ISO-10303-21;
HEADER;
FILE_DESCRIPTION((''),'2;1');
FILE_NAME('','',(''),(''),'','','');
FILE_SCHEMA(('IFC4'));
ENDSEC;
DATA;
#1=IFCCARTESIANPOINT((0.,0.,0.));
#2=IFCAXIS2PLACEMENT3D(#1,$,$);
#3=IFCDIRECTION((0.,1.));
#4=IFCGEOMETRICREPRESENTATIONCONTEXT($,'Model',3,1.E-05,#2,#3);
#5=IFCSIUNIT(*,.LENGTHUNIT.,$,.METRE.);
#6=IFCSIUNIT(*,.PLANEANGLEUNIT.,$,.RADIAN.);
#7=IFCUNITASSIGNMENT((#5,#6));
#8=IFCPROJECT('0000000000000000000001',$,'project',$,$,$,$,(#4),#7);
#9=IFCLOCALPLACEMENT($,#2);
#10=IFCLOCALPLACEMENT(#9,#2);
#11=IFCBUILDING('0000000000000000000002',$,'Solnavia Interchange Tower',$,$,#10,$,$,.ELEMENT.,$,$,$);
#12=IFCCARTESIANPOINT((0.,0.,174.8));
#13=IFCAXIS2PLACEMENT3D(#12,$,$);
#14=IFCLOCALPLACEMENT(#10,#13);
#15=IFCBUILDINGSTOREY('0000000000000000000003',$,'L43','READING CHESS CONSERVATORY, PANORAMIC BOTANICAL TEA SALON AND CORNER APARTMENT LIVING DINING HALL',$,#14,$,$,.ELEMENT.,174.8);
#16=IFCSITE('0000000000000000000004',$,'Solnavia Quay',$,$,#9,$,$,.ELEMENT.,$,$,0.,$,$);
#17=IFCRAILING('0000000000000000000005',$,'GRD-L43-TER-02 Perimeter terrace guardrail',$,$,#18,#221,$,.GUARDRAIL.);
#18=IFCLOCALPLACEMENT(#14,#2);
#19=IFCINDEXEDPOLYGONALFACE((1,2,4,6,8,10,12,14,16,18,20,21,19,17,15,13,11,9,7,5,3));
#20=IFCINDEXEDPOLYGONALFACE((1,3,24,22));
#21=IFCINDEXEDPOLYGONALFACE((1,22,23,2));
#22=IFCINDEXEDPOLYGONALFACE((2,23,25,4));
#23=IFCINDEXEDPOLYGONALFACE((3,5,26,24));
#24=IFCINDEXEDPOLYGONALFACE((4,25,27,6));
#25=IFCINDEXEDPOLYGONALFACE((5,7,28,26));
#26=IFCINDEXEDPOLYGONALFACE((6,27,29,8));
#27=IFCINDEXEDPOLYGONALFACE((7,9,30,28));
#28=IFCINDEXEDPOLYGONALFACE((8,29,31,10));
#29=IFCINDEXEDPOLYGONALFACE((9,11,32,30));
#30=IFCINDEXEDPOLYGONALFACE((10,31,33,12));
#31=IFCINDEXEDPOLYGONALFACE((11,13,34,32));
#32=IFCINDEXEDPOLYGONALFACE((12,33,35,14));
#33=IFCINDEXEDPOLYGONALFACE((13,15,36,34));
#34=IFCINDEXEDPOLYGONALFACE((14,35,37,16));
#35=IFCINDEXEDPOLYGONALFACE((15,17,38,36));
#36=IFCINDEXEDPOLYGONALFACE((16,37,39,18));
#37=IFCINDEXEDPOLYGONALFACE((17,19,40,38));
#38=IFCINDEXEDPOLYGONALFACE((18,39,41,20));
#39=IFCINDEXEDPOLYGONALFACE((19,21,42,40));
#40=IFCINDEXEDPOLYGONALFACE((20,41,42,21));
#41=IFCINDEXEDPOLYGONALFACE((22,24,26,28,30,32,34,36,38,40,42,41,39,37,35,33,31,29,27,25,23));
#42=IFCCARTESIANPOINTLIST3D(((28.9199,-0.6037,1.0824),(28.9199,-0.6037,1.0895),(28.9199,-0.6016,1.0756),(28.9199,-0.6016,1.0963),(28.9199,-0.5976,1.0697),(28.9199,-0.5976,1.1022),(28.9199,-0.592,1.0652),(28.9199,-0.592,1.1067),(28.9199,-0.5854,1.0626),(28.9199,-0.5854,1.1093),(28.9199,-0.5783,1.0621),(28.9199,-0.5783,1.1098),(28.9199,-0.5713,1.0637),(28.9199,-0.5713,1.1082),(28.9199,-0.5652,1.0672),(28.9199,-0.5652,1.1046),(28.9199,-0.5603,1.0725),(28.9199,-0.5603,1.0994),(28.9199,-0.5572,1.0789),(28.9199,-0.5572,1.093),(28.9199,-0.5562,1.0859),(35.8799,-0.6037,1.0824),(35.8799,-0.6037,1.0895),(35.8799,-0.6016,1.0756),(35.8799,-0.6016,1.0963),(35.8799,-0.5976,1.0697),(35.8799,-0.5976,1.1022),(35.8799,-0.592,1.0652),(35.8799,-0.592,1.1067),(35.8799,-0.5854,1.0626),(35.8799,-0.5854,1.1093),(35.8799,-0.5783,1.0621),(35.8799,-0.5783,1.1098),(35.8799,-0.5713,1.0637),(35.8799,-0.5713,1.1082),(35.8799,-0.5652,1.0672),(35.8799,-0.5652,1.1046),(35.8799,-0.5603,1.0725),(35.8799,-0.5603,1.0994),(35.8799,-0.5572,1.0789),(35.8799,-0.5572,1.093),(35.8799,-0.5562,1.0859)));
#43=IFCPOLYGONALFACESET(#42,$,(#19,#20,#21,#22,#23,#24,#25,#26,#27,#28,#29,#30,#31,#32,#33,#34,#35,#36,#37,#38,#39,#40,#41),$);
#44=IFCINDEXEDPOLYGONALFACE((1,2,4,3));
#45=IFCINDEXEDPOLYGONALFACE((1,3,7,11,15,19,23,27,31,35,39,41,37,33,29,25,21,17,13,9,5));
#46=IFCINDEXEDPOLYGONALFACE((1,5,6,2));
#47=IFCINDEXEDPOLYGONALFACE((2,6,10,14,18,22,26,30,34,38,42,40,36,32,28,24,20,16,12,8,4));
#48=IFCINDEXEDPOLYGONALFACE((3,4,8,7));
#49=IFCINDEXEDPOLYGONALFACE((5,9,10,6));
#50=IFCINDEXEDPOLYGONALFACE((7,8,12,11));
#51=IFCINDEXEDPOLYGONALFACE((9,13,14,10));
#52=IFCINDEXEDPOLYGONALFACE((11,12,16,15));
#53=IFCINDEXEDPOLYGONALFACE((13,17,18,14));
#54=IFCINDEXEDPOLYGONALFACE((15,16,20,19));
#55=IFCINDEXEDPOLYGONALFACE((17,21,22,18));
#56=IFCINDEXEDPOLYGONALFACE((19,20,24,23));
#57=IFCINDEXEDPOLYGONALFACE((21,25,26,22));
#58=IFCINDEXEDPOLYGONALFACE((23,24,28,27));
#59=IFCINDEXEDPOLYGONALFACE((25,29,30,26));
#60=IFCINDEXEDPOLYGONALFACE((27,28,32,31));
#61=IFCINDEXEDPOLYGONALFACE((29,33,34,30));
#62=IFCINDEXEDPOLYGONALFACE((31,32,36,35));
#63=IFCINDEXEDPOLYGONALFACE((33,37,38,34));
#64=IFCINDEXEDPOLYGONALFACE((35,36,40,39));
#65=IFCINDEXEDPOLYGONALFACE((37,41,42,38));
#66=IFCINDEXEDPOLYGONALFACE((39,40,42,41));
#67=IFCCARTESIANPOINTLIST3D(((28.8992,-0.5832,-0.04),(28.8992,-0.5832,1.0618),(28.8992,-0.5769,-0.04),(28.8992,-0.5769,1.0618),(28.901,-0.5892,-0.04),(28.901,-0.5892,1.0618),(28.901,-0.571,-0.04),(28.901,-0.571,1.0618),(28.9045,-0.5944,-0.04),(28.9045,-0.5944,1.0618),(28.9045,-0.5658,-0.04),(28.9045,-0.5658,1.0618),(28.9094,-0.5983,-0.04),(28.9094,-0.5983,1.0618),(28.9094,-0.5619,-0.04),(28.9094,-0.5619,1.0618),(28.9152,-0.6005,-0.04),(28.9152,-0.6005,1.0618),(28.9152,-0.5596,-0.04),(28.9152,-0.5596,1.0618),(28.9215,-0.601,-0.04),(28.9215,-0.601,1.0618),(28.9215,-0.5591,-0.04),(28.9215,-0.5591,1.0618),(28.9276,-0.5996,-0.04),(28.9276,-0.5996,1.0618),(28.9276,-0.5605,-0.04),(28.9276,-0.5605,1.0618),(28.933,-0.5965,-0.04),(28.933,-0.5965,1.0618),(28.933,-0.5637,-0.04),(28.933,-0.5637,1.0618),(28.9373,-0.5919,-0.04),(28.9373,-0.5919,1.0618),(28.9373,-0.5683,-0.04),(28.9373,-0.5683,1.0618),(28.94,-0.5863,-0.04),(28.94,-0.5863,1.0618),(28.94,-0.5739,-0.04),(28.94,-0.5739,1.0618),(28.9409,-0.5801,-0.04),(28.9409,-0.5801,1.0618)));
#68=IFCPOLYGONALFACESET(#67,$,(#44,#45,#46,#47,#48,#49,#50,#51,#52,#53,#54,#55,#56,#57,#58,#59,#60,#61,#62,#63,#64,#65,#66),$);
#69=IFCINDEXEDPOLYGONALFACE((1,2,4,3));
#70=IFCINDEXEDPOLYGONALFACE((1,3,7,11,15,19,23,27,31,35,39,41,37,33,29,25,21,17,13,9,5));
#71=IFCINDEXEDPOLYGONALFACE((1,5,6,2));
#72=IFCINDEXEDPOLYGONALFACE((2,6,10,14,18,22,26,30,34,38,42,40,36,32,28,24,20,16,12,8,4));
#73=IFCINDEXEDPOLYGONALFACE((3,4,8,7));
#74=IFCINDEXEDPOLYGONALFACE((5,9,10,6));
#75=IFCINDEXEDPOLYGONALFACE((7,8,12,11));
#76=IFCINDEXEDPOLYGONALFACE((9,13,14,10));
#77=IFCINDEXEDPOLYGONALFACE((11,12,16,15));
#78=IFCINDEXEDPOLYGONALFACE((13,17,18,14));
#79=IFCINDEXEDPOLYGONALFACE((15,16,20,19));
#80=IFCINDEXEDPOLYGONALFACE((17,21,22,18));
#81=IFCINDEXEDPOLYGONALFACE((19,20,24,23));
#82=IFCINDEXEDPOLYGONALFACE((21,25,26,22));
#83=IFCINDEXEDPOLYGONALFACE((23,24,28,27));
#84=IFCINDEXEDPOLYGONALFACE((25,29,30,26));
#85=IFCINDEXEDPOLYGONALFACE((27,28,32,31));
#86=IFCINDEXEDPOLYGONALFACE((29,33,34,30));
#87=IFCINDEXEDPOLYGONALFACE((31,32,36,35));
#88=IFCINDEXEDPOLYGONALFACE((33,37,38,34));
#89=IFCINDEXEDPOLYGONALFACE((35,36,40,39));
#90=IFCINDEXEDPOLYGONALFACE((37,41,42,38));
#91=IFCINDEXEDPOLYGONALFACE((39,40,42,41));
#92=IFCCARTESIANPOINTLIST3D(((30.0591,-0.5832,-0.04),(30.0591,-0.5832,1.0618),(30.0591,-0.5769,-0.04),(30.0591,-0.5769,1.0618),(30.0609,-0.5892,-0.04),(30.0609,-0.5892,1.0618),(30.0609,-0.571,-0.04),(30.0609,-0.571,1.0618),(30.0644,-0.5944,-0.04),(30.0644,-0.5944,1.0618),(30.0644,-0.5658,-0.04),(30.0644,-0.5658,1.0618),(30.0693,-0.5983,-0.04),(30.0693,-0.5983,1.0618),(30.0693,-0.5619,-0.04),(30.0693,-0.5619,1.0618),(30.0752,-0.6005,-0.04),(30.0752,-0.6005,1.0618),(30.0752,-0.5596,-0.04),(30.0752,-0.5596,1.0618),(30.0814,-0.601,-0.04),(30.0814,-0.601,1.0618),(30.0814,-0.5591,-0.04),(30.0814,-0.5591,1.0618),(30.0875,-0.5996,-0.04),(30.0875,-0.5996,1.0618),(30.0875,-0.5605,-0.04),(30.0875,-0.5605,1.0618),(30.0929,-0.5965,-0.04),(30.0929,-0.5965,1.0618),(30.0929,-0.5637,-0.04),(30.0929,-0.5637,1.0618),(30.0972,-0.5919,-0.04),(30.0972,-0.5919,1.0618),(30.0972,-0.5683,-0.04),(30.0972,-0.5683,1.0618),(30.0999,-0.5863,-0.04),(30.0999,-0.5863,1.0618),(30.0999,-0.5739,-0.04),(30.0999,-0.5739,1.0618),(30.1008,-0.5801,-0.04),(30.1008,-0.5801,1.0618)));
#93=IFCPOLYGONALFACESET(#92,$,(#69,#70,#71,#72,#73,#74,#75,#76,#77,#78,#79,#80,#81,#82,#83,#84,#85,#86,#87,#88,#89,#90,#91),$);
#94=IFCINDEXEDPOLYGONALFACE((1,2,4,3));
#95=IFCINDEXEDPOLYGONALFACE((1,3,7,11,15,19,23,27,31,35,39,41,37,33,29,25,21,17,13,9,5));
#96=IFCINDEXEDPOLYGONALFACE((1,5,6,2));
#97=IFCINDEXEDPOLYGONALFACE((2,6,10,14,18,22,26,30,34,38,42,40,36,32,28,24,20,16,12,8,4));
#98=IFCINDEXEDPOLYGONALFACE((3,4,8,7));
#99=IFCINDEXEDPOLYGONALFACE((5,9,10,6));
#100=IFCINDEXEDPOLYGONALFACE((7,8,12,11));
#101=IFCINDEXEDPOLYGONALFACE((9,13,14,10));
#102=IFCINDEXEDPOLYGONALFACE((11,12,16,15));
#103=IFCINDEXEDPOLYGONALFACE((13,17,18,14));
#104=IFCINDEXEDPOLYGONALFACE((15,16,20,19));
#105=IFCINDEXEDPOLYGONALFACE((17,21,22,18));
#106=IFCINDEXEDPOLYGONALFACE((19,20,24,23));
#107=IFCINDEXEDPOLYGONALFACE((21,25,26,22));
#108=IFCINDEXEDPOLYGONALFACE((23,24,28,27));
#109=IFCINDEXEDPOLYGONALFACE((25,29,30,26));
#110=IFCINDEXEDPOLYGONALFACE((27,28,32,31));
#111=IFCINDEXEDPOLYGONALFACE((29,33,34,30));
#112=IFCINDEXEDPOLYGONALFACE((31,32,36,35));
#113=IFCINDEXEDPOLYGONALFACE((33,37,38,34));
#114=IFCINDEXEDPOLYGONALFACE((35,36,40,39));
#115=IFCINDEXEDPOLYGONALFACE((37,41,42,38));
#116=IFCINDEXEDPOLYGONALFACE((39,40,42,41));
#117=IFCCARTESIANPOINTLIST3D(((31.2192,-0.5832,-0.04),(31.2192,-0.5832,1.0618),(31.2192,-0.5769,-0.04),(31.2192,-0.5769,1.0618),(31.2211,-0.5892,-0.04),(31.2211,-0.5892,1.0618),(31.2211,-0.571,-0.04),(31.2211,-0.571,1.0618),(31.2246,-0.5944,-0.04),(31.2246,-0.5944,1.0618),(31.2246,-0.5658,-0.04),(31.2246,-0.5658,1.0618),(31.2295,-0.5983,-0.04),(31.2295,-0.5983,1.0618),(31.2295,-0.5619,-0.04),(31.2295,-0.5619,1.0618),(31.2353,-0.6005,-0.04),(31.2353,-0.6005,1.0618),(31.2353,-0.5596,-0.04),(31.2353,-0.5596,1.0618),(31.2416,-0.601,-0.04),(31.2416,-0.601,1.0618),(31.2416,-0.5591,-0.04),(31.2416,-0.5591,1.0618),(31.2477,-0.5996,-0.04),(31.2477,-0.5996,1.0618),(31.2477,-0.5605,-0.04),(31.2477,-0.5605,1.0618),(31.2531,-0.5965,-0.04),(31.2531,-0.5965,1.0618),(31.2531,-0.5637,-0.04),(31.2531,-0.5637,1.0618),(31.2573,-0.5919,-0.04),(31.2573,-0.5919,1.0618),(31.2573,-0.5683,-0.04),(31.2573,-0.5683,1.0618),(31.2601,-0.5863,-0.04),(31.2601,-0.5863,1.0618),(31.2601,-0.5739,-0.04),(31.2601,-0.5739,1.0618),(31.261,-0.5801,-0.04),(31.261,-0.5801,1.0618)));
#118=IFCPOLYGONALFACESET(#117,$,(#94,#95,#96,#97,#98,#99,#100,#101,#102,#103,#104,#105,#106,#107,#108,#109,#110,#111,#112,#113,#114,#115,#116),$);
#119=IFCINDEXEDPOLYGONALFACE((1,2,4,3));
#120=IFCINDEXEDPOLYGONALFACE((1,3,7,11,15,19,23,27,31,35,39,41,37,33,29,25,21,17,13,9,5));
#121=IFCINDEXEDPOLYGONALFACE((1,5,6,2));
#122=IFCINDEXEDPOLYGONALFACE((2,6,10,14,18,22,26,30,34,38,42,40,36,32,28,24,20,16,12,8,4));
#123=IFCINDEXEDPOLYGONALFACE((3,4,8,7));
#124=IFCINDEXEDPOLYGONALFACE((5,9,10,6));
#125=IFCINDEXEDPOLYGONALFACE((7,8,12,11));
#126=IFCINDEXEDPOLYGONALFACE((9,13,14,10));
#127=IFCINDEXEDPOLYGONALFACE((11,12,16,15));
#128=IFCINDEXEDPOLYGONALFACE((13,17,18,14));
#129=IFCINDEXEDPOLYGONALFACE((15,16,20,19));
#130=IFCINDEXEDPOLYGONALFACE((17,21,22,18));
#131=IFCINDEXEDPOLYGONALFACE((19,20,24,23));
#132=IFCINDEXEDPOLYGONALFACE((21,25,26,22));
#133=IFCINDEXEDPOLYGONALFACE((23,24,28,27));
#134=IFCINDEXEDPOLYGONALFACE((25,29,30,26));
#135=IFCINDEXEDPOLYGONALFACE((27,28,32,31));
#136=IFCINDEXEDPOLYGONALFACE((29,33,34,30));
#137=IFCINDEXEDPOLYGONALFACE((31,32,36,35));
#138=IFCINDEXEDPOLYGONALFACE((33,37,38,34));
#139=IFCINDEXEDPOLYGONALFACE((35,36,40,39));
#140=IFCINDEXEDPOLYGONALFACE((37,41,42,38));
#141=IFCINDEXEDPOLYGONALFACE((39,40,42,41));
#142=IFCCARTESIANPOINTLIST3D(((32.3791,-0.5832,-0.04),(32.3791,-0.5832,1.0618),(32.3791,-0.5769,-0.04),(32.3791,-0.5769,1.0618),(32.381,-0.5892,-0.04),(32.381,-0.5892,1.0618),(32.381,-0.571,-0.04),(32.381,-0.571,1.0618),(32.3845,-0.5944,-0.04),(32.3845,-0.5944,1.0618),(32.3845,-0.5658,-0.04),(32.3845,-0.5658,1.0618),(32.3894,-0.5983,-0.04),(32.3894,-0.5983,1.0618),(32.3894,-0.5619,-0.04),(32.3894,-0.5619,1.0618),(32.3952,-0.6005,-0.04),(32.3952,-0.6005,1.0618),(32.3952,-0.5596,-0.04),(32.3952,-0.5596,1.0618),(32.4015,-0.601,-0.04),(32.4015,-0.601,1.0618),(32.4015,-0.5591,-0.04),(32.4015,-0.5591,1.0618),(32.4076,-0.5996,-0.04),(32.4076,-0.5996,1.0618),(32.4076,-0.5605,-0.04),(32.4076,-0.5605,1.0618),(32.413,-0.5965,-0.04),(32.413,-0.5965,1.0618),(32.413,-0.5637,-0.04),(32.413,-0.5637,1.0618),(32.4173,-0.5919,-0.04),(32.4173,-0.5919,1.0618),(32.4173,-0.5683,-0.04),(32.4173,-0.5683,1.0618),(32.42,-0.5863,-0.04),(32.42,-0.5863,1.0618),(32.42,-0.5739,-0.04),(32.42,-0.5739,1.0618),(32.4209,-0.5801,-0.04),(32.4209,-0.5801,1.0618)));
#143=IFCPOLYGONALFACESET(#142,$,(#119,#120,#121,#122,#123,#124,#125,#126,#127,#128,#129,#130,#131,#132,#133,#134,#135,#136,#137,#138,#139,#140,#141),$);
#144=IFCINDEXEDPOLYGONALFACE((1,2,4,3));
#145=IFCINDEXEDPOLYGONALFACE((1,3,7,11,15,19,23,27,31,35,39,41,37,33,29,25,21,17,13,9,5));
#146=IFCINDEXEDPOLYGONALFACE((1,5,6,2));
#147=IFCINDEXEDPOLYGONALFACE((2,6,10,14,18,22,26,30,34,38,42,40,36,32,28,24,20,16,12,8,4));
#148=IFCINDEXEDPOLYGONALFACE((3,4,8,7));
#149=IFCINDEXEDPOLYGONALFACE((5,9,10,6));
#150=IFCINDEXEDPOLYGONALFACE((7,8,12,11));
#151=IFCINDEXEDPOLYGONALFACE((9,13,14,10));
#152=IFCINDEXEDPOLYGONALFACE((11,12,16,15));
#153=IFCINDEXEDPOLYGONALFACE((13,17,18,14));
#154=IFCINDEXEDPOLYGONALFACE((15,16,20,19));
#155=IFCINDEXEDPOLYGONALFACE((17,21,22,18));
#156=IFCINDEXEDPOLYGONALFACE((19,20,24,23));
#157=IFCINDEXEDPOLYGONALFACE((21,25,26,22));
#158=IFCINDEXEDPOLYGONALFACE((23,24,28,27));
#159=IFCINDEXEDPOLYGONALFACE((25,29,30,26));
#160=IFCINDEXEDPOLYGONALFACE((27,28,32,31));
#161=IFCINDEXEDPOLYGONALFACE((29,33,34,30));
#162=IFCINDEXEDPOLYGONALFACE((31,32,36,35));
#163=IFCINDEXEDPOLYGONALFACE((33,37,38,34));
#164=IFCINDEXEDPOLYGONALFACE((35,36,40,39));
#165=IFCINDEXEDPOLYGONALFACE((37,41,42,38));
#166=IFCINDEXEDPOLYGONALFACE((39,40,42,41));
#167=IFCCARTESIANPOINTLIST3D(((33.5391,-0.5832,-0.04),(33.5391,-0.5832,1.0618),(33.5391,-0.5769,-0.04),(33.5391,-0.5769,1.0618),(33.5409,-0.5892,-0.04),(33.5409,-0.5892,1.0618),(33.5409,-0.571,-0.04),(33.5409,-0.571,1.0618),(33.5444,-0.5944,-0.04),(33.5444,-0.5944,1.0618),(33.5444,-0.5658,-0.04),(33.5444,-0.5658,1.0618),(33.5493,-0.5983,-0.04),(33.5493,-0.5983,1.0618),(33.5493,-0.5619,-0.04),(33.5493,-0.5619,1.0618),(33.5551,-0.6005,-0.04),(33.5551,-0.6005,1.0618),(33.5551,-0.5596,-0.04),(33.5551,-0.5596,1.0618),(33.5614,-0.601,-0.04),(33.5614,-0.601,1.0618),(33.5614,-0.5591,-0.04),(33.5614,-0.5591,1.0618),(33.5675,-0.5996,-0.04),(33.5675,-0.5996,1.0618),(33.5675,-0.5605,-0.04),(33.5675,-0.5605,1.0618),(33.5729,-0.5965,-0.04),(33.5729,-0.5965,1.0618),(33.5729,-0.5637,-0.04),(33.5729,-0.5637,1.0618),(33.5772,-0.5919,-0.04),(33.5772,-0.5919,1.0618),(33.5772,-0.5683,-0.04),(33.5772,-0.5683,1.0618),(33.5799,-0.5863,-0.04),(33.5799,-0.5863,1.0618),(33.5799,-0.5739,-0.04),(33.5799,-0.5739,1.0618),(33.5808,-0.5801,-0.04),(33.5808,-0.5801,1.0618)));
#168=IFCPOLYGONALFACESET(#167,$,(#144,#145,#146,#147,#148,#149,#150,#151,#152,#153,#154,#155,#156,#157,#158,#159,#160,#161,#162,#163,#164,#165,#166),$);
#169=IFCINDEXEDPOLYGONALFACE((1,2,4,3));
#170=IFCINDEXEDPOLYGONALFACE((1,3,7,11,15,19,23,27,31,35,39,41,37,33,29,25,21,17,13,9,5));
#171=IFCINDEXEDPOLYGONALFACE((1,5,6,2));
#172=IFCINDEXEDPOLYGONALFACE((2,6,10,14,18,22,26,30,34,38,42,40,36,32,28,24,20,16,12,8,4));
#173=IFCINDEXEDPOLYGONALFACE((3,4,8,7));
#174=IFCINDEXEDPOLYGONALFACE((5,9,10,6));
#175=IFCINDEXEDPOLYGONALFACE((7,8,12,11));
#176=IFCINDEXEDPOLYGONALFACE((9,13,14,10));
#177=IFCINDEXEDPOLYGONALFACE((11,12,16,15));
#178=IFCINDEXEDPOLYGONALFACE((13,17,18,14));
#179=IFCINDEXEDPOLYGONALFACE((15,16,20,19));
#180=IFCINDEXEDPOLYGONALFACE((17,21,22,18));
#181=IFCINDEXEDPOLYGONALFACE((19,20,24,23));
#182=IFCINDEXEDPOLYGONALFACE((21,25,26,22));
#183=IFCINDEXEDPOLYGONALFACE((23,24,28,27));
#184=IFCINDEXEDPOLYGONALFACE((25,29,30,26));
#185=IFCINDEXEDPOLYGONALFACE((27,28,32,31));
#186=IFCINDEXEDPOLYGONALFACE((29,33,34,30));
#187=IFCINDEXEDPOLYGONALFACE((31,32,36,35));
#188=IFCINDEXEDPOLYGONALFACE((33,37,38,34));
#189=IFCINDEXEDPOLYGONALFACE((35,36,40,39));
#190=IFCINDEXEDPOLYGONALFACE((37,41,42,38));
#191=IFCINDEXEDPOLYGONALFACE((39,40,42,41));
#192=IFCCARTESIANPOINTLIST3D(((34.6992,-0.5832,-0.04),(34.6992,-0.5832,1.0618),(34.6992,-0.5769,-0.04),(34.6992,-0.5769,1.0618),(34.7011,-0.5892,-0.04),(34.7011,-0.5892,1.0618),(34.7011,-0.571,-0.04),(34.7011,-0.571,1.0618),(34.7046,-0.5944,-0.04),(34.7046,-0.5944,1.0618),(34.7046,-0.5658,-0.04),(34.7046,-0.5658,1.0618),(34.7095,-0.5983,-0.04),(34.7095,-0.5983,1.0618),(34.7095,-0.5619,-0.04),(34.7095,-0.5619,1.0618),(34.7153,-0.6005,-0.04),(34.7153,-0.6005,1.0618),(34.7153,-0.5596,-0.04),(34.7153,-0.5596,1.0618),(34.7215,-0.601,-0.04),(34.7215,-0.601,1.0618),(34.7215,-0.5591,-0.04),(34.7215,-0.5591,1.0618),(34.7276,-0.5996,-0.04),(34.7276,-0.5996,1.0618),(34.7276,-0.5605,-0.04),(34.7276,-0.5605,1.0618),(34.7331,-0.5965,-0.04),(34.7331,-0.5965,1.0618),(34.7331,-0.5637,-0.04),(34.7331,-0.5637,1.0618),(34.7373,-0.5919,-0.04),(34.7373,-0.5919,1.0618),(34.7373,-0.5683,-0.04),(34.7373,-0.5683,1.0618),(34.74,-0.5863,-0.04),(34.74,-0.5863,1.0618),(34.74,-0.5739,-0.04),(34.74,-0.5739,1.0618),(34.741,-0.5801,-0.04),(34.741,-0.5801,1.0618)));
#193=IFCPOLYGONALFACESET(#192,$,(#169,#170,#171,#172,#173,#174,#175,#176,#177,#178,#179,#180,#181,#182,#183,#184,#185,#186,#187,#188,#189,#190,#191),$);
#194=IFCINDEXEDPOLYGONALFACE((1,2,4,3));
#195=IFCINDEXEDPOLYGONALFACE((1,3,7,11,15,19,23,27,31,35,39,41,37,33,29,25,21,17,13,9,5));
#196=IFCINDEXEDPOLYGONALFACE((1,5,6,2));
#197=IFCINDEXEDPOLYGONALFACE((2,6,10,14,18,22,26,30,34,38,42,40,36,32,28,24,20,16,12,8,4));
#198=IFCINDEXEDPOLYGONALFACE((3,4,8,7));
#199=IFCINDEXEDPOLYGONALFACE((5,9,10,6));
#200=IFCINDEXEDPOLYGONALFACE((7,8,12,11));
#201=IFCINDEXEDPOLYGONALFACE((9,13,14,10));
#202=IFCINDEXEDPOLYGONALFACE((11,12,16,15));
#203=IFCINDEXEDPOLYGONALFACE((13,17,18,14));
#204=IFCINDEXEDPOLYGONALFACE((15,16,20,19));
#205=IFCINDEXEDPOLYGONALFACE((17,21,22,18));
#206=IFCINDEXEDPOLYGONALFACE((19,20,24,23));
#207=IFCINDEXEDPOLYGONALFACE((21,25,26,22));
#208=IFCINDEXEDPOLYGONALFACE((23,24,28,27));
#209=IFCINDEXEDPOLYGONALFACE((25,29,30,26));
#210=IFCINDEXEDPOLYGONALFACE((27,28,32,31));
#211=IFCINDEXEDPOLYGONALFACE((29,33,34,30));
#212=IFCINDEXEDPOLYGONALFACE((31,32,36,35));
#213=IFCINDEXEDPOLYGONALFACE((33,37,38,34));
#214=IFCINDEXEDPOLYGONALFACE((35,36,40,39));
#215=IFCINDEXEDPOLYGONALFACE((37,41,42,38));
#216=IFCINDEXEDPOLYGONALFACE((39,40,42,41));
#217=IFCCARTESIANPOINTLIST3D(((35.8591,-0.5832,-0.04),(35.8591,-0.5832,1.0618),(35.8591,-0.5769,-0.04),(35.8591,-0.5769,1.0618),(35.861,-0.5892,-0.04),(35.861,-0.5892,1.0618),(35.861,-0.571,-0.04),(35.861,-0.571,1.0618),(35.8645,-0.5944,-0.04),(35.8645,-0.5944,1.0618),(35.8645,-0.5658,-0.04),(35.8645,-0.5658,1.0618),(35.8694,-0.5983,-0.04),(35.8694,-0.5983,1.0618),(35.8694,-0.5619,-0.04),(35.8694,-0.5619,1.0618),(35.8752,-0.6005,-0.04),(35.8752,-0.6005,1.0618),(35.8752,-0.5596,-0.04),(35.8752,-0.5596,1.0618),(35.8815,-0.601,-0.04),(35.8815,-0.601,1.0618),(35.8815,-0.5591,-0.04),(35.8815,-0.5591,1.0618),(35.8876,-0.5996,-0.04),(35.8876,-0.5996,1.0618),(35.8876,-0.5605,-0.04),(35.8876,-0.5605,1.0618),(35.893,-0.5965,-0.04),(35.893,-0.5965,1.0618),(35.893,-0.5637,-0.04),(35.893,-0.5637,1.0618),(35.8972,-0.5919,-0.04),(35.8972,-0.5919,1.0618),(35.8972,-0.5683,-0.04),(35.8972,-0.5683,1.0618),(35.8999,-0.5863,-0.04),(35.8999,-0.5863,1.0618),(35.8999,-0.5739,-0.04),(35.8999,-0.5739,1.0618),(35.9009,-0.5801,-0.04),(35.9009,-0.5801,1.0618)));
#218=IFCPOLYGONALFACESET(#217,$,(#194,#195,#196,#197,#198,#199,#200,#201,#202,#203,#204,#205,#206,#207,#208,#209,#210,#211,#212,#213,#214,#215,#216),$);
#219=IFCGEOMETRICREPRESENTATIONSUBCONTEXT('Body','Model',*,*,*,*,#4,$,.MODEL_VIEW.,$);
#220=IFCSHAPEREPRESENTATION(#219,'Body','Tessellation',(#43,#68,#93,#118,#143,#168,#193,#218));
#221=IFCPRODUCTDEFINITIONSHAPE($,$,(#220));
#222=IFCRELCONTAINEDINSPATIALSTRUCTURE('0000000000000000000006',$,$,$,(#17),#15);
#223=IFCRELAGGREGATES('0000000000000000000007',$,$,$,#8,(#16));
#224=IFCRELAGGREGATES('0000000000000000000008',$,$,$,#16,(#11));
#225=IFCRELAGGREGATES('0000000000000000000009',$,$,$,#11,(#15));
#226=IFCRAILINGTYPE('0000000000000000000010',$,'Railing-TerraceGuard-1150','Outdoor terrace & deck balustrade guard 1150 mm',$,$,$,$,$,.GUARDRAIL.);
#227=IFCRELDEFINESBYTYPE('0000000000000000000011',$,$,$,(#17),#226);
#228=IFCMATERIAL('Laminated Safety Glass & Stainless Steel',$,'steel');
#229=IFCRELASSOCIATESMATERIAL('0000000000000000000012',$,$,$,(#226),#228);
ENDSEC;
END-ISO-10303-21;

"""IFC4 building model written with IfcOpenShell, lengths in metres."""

from ifc_helpers import new_model, si_unit, direction, frame, origin, origin_2d, place, context, subcontext, project, spatial, circle, extrude, material, type_object, element, save


model = new_model("IFC4")

# Units and contexts
model_context = context("Model", 3, precision=1e-05, world=origin(), true_north=direction((0.0, 1.0)))
body_context = subcontext(model_context, "Body", "Model", "MODEL_VIEW")
ifc_project = project(units=[si_unit("LENGTHUNIT", "METRE"), si_unit("PLANEANGLEUNIT", "RADIAN")], contexts=[model_context])

# Site, building, storey
site_placement = place(None, origin())
site = spatial("IfcSite", under=ifc_project, at=site_placement, Name="Solnavia Quay", CompositionType="ELEMENT", RefElevation=0.0)
building_placement = place(site_placement, origin())
building = spatial("IfcBuilding", under=site, at=building_placement, Name="Solnavia Interchange Tower", CompositionType="ELEMENT")
storey_placement = place(building_placement, frame((0.0, 0.0, 174.8)))
storey = spatial("IfcBuildingStorey", under=building, at=storey_placement, Name="L43", Description="READING CHESS CONSERVATORY, PANORAMIC BOTANICAL TEA SALON AND CORNER APARTMENT LIVING DINING HALL", CompositionType="ELEMENT", Elevation=174.8)

# Railing
ifc_material_1 = material(Name="Laminated Safety Glass & Stainless Steel", Category="steel")
railing_type = type_object("IfcRailingType", Name="Railing-TerraceGuard-1150", Description="Outdoor terrace & deck balustrade guard 1150 mm", PredefinedType="GUARDRAIL", material=ifc_material_1)
railing_1_placement = place(storey_placement, frame((28.9199, -0.5801, -0.04)))
element("IfcRailing", 1, at=railing_1_placement, inside=storey, type_object=railing_type, Name="GRD-L43-TER-02 Perimeter terrace guardrail", PredefinedType="GUARDRAIL", context=body_context, shape_type="SweptSolid", body=[
    extrude(circle(Radius=0.0239, at=origin_2d()), frame((0.0, 0.0, 1.126), z_axis=(1.0, 0.0, 0.0), x_axis=(0.0, 1.0, 0.0)), (0.0, 0.0, 1.0), 6.96),
    extrude(circle(Radius=0.021, at=origin_2d()), origin(), (0.0, 0.0, 1.0), 1.1018),
    extrude(circle(Radius=0.021, at=origin_2d()), frame((1.1599, 0.0, 0.0)), (0.0, 0.0, 1.0), 1.1018),
    extrude(circle(Radius=0.021, at=origin_2d()), frame((2.3201, 0.0, 0.0)), (0.0, 0.0, 1.0), 1.1018),
    extrude(circle(Radius=0.021, at=origin_2d()), frame((3.48, 0.0, 0.0)), (0.0, 0.0, 1.0), 1.1018),
    extrude(circle(Radius=0.021, at=origin_2d()), frame((4.6399, 0.0, 0.0)), (0.0, 0.0, 1.0), 1.1018),
    extrude(circle(Radius=0.021, at=origin_2d()), frame((5.8, 0.0, 0.0)), (0.0, 0.0, 1.0), 1.1018),
    extrude(circle(Radius=0.021, at=origin_2d()), frame((6.96, 0.0, 0.0)), (0.0, 0.0, 1.0), 1.1018),
])

save(model, "model.ifc")
